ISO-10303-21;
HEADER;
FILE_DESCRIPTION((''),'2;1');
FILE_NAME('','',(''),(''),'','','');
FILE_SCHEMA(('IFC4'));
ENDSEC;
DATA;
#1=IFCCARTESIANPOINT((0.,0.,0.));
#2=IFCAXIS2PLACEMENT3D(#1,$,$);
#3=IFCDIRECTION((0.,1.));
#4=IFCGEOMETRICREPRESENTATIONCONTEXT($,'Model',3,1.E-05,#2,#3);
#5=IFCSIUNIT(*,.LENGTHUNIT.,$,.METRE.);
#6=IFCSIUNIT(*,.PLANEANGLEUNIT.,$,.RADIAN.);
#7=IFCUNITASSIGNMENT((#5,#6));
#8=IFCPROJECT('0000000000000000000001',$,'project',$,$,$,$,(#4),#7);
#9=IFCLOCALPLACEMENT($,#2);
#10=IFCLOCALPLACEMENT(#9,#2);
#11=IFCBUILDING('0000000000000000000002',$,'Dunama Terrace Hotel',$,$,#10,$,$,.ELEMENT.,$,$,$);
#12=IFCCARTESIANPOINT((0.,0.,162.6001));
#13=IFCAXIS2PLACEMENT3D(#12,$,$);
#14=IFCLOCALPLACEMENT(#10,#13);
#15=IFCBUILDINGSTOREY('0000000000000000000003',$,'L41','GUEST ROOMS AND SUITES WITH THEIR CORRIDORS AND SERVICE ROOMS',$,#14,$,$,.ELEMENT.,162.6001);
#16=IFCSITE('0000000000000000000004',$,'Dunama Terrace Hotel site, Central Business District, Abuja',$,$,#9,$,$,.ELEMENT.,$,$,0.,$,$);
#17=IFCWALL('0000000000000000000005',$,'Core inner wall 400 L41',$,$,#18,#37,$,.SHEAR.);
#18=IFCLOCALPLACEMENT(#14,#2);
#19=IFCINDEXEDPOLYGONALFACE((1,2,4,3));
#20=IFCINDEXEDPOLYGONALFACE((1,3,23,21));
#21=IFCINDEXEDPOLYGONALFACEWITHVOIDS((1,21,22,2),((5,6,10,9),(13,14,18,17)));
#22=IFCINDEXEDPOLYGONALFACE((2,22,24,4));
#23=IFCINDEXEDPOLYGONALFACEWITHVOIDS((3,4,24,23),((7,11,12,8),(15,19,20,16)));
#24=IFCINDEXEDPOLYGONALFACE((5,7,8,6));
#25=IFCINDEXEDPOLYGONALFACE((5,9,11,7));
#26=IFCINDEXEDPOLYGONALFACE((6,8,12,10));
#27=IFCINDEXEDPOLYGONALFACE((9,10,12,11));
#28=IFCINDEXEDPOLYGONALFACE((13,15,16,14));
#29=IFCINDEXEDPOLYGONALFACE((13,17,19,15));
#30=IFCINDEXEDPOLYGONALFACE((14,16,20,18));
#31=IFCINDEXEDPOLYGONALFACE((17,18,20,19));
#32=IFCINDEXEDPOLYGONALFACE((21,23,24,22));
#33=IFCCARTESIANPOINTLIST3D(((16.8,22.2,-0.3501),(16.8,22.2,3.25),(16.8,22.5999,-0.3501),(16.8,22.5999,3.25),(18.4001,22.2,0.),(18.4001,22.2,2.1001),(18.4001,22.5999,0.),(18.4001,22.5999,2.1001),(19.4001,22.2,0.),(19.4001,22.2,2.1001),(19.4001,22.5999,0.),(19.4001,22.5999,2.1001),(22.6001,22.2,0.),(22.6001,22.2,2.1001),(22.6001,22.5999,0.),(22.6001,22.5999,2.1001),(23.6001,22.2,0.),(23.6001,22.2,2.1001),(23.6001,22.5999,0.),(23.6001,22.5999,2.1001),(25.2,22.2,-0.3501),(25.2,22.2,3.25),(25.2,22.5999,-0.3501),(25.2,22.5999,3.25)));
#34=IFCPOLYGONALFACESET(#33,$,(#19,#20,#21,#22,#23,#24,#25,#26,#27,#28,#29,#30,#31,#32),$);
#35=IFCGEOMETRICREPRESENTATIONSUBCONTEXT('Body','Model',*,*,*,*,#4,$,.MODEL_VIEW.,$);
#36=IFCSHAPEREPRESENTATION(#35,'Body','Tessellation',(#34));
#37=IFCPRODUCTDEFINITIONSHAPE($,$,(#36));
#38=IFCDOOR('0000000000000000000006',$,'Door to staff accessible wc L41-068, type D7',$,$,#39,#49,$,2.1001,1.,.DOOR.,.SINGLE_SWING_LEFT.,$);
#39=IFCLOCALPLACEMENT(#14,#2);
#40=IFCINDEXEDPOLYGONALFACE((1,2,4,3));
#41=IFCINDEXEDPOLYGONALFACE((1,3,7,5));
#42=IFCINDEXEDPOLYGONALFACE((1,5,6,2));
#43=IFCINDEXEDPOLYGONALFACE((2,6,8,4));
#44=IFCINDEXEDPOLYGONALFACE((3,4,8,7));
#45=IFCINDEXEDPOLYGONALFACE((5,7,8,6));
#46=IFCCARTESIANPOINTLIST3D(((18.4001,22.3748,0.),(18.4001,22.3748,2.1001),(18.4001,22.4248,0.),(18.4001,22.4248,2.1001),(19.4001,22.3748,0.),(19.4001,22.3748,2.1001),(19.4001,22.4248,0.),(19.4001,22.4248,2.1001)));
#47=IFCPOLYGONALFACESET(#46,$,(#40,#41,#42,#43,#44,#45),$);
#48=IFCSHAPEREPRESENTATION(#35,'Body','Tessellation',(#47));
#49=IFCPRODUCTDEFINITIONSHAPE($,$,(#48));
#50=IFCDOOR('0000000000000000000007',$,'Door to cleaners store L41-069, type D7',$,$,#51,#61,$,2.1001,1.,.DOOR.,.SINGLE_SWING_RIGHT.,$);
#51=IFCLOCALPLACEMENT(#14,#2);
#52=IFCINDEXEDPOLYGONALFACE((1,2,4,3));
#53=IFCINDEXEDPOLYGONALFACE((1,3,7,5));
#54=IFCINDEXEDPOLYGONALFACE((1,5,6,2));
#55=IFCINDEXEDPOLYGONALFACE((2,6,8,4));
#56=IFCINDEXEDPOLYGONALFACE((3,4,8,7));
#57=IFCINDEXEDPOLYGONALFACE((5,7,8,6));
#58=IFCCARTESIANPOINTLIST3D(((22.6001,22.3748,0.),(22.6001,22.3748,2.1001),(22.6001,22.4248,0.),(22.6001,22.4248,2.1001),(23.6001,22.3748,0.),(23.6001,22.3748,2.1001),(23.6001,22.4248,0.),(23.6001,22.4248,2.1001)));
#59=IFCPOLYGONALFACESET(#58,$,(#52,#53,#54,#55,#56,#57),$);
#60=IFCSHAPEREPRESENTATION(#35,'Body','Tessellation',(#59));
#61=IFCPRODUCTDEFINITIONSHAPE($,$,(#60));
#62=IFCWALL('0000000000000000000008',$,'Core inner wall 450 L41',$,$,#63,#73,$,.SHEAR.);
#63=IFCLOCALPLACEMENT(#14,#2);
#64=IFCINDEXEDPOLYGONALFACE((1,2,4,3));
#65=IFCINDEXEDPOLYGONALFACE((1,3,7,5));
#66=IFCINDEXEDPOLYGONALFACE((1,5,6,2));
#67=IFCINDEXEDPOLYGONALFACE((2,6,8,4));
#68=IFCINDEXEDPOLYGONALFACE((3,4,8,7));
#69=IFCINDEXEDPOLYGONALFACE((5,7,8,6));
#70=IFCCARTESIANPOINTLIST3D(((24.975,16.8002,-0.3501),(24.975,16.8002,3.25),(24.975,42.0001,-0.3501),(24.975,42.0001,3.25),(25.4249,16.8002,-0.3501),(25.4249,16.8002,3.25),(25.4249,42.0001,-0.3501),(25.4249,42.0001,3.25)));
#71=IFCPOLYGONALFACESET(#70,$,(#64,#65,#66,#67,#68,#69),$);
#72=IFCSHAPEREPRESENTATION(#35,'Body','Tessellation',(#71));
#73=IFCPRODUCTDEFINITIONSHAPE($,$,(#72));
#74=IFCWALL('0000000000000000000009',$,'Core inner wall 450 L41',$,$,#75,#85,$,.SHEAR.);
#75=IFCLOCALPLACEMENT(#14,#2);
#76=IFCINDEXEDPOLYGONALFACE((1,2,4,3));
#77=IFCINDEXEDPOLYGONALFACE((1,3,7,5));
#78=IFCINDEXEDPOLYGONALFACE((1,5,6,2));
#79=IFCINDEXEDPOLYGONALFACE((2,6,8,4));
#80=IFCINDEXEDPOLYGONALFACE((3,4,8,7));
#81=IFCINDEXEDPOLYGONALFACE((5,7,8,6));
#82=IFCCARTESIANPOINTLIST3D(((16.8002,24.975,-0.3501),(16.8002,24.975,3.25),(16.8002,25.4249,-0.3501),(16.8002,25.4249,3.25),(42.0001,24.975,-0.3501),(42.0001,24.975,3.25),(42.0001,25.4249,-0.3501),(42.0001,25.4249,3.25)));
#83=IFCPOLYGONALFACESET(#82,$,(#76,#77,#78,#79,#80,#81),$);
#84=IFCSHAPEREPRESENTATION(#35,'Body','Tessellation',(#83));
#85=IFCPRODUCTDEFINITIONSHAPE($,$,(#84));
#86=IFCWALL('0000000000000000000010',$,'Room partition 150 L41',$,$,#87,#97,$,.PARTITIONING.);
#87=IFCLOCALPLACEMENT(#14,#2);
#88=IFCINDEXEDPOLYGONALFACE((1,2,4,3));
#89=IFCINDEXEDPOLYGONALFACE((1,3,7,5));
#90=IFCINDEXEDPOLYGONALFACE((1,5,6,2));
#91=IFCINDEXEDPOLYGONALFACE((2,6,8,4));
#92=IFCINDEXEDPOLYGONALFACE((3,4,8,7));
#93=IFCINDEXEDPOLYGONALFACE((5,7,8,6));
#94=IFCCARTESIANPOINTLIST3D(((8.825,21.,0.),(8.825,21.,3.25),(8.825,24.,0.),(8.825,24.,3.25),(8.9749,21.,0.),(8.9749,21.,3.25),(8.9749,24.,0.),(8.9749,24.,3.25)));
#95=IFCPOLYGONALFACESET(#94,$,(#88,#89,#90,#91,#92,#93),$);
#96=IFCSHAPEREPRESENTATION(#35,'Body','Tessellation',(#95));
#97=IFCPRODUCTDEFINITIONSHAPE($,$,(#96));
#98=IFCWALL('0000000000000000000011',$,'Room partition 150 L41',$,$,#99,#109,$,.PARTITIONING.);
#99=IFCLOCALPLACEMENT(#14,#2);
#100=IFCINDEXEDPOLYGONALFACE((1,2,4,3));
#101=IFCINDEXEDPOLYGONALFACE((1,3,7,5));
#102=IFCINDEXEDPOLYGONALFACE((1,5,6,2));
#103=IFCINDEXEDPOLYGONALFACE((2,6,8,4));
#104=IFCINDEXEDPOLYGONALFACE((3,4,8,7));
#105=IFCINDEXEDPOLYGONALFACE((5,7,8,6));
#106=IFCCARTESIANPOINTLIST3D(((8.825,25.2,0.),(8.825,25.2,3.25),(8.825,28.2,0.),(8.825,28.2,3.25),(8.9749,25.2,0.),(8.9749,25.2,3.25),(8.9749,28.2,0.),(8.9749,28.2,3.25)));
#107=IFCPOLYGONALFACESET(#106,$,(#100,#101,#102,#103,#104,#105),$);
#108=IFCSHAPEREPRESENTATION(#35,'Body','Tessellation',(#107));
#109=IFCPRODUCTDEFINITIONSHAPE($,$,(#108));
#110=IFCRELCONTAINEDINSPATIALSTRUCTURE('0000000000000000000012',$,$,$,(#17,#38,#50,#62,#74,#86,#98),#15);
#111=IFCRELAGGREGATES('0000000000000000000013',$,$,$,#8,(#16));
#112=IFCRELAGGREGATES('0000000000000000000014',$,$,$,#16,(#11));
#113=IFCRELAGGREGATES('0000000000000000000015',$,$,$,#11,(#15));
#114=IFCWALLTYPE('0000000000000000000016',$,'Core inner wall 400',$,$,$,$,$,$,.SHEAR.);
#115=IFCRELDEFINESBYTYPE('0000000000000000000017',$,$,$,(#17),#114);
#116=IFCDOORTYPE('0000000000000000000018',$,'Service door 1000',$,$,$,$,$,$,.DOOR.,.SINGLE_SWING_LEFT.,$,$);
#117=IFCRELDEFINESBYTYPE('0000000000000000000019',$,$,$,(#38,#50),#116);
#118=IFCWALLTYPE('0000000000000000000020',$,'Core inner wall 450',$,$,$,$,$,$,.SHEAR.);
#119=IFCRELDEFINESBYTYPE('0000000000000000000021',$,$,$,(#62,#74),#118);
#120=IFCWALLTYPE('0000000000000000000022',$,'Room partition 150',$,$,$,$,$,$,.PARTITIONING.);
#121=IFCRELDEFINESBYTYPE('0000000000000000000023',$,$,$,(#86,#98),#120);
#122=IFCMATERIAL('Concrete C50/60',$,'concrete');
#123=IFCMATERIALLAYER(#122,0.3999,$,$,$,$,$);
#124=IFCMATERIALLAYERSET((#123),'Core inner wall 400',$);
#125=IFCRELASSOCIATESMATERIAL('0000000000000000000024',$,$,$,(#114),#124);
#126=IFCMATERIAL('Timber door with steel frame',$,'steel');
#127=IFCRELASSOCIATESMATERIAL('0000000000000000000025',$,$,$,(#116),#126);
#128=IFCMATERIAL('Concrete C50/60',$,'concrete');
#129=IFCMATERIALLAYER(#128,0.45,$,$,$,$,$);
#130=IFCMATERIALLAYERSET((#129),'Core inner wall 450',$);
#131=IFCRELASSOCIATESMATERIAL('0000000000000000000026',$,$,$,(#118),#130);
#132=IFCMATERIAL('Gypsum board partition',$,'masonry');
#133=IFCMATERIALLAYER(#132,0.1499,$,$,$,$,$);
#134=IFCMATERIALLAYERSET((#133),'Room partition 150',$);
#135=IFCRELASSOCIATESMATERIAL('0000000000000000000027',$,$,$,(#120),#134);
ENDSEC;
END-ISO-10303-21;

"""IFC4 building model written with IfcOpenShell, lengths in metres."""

from ifc_helpers import new_model, si_unit, direction, frame, frame_2d, origin, place, context, subcontext, project, spatial, rectangle, extrude, material, layer, layer_set, type_object, element, fill, save


model = new_model("IFC4")

# Units and contexts
model_context = context("Model", 3, precision=1e-05, world=origin(), true_north=direction((0.0, 1.0)))
body_context = subcontext(model_context, "Body", "Model", "MODEL_VIEW")
ifc_project = project(units=[si_unit("LENGTHUNIT", "METRE"), si_unit("PLANEANGLEUNIT", "RADIAN")], contexts=[model_context])

# Site, building, storey
site_placement = place(None, origin())
site = spatial("IfcSite", under=ifc_project, at=site_placement, Name="Dunama Terrace Hotel site, Central Business District, Abuja", CompositionType="ELEMENT", RefElevation=0.0)
building_placement = place(site_placement, origin())
building = spatial("IfcBuilding", under=site, at=building_placement, Name="Dunama Terrace Hotel", CompositionType="ELEMENT")
storey_placement = place(building_placement, frame((0.0, 0.0, 162.6001)))
storey = spatial("IfcBuildingStorey", under=building, at=storey_placement, Name="L41", Description="GUEST ROOMS AND SUITES WITH THEIR CORRIDORS AND SERVICE ROOMS", CompositionType="ELEMENT", Elevation=162.6001)

# Shared definitions
ifc_material_1 = material(Name="Concrete C50/60", Category="concrete")
ifc_layer_1 = layer(ifc_material_1, 0.3999)
ifc_layer_set_1 = layer_set([ifc_layer_1], Name="Core inner wall 400")
wall_type_1 = type_object("IfcWallType", Name="Core inner wall 400", PredefinedType="SHEAR", material=ifc_layer_set_1)

# Wall, openings, doors
ifc_material_2 = material(Name="Timber door with steel frame", Category="steel")
door_type_1 = type_object("IfcDoorType", Name="Service door 1000", OperationType="SINGLE_SWING_LEFT", PredefinedType="DOOR", material=ifc_material_2)
wall_1_placement = place(storey_placement, frame((16.8, 22.3999, -0.3501), z_axis=(0.0, 0.0, 1.0), x_axis=(1.0, 0.0, 0.0)))
wall_1 = element("IfcWall", 1, at=wall_1_placement, inside=storey, type_object=wall_type_1, Name="Core inner wall 400 L41", PredefinedType="SHEAR", context=body_context, shape_type="SweptSolid", body=[
    extrude(rectangle(XDim=8.3999, YDim=0.3999, at=frame_2d((4.2, 0.0))), origin(), (0.0, 0.0, 1.0), 3.6001),
])
opening_1_placement = place(wall_1_placement, frame((1.6001, 0.0, 0.3501)))
opening_1 = element("IfcOpeningElement", 2, at=opening_1_placement, cuts=wall_1, PredefinedType="OPENING", context=body_context, shape_type="SweptSolid", body=[
    extrude(rectangle(XDim=1.0, YDim=2.1001, at=frame_2d((0.5, 1.05))), frame((0.0, 0.21, 0.0), z_axis=(0.0, -1.0, 0.0), x_axis=(1.0, 0.0, 0.0)), (0.0, 0.0, 1.0), 0.4199),
])
opening_2_placement = place(wall_1_placement, frame((5.8, 0.0, 0.3501)))
opening_2 = element("IfcOpeningElement", 3, at=opening_2_placement, cuts=wall_1, PredefinedType="OPENING", context=body_context, shape_type="SweptSolid", body=[
    extrude(rectangle(XDim=1.0, YDim=2.1001, at=frame_2d((0.5, 1.05))), frame((0.0, 0.21, 0.0), z_axis=(0.0, -1.0, 0.0), x_axis=(1.0, 0.0, 0.0)), (0.0, 0.0, 1.0), 0.4199),
])
door_1_placement = place(opening_1_placement, origin())
door_1 = element("IfcDoor", 4, at=door_1_placement, inside=storey, type_object=door_type_1, Name="Door to staff accessible wc L41-068, type D7", OperationType="SINGLE_SWING_LEFT", OverallHeight=2.1001, OverallWidth=1.0, PredefinedType="DOOR", context=body_context, shape_type="SweptSolid", body=[
    extrude(rectangle(XDim=1.0, YDim=2.1001, at=frame_2d((0.5, 1.05))), frame((0.0, 0.0249, 0.0), z_axis=(0.0, -1.0, 0.0), x_axis=(1.0, 0.0, 0.0)), (0.0, 0.0, 1.0), 0.05),
])
fill(opening_1, door_1)
door_2_placement = place(opening_2_placement, origin())
door_2 = element("IfcDoor", 5, at=door_2_placement, inside=storey, type_object=door_type_1, Name="Door to cleaners store L41-069, type D7", OperationType="SINGLE_SWING_RIGHT", OverallHeight=2.1001, OverallWidth=1.0, PredefinedType="DOOR", context=body_context, shape_type="SweptSolid", body=[
    extrude(rectangle(XDim=1.0, YDim=2.1001, at=frame_2d((0.5, 1.05))), frame((0.0, 0.0249, 0.0), z_axis=(0.0, -1.0, 0.0), x_axis=(1.0, 0.0, 0.0)), (0.0, 0.0, 1.0), 0.05),
])
fill(opening_2, door_2)

# Walls
ifc_material_3 = material(Name="Concrete C50/60", Category="concrete")
ifc_layer_2 = layer(ifc_material_3, 0.45)
ifc_layer_set_2 = layer_set([ifc_layer_2], Name="Core inner wall 450")
wall_type_2 = type_object("IfcWallType", Name="Core inner wall 450", PredefinedType="SHEAR", material=ifc_layer_set_2)
for number, where, z_axis, x_axis, name in (
    (6, (25.2, 16.8, -0.3501), (0.0, 0.0, 1.0), (0.0, 1.0, 0.0), "Core inner wall 450 L41"),
    (7, (16.8, 25.2, -0.3501), (0.0, 0.0, 1.0), (1.0, 0.0, 0.0), "Core inner wall 450 L41"),
):
    element("IfcWall", number, at=place(storey_placement, frame(where, z_axis=z_axis, x_axis=x_axis)), inside=storey, type_object=wall_type_2, Name=name, PredefinedType="SHEAR", context=body_context, shape_type="SweptSolid", body=[
        extrude(rectangle(XDim=25.2, YDim=0.45, at=frame_2d((12.6001, 0.0))), origin(), (0.0, 0.0, 1.0), 3.6001),
    ])
ifc_material_4 = material(Name="Gypsum board partition", Category="masonry")
ifc_layer_3 = layer(ifc_material_4, 0.1499)
ifc_layer_set_3 = layer_set([ifc_layer_3], Name="Room partition 150")
wall_type_3 = type_object("IfcWallType", Name="Room partition 150", PredefinedType="PARTITIONING", material=ifc_layer_set_3)
for number, where, z_axis, x_axis, name in (
    (8, (8.8999, 21.0, 0.0), (0.0, 0.0, 1.0), (0.0, 1.0, 0.0), "Room partition 150 L41"),
    (9, (8.8999, 25.2, 0.0), (0.0, 0.0, 1.0), (0.0, 1.0, 0.0), "Room partition 150 L41"),
):
    element("IfcWall", number, at=place(storey_placement, frame(where, z_axis=z_axis, x_axis=x_axis)), inside=storey, type_object=wall_type_3, Name=name, PredefinedType="PARTITIONING", context=body_context, shape_type="SweptSolid", body=[
        extrude(rectangle(XDim=3.0, YDim=0.1499, at=frame_2d((1.5, 0.0))), origin(), (0.0, 0.0, 1.0), 3.25),
    ])

save(model, "model.ifc")
